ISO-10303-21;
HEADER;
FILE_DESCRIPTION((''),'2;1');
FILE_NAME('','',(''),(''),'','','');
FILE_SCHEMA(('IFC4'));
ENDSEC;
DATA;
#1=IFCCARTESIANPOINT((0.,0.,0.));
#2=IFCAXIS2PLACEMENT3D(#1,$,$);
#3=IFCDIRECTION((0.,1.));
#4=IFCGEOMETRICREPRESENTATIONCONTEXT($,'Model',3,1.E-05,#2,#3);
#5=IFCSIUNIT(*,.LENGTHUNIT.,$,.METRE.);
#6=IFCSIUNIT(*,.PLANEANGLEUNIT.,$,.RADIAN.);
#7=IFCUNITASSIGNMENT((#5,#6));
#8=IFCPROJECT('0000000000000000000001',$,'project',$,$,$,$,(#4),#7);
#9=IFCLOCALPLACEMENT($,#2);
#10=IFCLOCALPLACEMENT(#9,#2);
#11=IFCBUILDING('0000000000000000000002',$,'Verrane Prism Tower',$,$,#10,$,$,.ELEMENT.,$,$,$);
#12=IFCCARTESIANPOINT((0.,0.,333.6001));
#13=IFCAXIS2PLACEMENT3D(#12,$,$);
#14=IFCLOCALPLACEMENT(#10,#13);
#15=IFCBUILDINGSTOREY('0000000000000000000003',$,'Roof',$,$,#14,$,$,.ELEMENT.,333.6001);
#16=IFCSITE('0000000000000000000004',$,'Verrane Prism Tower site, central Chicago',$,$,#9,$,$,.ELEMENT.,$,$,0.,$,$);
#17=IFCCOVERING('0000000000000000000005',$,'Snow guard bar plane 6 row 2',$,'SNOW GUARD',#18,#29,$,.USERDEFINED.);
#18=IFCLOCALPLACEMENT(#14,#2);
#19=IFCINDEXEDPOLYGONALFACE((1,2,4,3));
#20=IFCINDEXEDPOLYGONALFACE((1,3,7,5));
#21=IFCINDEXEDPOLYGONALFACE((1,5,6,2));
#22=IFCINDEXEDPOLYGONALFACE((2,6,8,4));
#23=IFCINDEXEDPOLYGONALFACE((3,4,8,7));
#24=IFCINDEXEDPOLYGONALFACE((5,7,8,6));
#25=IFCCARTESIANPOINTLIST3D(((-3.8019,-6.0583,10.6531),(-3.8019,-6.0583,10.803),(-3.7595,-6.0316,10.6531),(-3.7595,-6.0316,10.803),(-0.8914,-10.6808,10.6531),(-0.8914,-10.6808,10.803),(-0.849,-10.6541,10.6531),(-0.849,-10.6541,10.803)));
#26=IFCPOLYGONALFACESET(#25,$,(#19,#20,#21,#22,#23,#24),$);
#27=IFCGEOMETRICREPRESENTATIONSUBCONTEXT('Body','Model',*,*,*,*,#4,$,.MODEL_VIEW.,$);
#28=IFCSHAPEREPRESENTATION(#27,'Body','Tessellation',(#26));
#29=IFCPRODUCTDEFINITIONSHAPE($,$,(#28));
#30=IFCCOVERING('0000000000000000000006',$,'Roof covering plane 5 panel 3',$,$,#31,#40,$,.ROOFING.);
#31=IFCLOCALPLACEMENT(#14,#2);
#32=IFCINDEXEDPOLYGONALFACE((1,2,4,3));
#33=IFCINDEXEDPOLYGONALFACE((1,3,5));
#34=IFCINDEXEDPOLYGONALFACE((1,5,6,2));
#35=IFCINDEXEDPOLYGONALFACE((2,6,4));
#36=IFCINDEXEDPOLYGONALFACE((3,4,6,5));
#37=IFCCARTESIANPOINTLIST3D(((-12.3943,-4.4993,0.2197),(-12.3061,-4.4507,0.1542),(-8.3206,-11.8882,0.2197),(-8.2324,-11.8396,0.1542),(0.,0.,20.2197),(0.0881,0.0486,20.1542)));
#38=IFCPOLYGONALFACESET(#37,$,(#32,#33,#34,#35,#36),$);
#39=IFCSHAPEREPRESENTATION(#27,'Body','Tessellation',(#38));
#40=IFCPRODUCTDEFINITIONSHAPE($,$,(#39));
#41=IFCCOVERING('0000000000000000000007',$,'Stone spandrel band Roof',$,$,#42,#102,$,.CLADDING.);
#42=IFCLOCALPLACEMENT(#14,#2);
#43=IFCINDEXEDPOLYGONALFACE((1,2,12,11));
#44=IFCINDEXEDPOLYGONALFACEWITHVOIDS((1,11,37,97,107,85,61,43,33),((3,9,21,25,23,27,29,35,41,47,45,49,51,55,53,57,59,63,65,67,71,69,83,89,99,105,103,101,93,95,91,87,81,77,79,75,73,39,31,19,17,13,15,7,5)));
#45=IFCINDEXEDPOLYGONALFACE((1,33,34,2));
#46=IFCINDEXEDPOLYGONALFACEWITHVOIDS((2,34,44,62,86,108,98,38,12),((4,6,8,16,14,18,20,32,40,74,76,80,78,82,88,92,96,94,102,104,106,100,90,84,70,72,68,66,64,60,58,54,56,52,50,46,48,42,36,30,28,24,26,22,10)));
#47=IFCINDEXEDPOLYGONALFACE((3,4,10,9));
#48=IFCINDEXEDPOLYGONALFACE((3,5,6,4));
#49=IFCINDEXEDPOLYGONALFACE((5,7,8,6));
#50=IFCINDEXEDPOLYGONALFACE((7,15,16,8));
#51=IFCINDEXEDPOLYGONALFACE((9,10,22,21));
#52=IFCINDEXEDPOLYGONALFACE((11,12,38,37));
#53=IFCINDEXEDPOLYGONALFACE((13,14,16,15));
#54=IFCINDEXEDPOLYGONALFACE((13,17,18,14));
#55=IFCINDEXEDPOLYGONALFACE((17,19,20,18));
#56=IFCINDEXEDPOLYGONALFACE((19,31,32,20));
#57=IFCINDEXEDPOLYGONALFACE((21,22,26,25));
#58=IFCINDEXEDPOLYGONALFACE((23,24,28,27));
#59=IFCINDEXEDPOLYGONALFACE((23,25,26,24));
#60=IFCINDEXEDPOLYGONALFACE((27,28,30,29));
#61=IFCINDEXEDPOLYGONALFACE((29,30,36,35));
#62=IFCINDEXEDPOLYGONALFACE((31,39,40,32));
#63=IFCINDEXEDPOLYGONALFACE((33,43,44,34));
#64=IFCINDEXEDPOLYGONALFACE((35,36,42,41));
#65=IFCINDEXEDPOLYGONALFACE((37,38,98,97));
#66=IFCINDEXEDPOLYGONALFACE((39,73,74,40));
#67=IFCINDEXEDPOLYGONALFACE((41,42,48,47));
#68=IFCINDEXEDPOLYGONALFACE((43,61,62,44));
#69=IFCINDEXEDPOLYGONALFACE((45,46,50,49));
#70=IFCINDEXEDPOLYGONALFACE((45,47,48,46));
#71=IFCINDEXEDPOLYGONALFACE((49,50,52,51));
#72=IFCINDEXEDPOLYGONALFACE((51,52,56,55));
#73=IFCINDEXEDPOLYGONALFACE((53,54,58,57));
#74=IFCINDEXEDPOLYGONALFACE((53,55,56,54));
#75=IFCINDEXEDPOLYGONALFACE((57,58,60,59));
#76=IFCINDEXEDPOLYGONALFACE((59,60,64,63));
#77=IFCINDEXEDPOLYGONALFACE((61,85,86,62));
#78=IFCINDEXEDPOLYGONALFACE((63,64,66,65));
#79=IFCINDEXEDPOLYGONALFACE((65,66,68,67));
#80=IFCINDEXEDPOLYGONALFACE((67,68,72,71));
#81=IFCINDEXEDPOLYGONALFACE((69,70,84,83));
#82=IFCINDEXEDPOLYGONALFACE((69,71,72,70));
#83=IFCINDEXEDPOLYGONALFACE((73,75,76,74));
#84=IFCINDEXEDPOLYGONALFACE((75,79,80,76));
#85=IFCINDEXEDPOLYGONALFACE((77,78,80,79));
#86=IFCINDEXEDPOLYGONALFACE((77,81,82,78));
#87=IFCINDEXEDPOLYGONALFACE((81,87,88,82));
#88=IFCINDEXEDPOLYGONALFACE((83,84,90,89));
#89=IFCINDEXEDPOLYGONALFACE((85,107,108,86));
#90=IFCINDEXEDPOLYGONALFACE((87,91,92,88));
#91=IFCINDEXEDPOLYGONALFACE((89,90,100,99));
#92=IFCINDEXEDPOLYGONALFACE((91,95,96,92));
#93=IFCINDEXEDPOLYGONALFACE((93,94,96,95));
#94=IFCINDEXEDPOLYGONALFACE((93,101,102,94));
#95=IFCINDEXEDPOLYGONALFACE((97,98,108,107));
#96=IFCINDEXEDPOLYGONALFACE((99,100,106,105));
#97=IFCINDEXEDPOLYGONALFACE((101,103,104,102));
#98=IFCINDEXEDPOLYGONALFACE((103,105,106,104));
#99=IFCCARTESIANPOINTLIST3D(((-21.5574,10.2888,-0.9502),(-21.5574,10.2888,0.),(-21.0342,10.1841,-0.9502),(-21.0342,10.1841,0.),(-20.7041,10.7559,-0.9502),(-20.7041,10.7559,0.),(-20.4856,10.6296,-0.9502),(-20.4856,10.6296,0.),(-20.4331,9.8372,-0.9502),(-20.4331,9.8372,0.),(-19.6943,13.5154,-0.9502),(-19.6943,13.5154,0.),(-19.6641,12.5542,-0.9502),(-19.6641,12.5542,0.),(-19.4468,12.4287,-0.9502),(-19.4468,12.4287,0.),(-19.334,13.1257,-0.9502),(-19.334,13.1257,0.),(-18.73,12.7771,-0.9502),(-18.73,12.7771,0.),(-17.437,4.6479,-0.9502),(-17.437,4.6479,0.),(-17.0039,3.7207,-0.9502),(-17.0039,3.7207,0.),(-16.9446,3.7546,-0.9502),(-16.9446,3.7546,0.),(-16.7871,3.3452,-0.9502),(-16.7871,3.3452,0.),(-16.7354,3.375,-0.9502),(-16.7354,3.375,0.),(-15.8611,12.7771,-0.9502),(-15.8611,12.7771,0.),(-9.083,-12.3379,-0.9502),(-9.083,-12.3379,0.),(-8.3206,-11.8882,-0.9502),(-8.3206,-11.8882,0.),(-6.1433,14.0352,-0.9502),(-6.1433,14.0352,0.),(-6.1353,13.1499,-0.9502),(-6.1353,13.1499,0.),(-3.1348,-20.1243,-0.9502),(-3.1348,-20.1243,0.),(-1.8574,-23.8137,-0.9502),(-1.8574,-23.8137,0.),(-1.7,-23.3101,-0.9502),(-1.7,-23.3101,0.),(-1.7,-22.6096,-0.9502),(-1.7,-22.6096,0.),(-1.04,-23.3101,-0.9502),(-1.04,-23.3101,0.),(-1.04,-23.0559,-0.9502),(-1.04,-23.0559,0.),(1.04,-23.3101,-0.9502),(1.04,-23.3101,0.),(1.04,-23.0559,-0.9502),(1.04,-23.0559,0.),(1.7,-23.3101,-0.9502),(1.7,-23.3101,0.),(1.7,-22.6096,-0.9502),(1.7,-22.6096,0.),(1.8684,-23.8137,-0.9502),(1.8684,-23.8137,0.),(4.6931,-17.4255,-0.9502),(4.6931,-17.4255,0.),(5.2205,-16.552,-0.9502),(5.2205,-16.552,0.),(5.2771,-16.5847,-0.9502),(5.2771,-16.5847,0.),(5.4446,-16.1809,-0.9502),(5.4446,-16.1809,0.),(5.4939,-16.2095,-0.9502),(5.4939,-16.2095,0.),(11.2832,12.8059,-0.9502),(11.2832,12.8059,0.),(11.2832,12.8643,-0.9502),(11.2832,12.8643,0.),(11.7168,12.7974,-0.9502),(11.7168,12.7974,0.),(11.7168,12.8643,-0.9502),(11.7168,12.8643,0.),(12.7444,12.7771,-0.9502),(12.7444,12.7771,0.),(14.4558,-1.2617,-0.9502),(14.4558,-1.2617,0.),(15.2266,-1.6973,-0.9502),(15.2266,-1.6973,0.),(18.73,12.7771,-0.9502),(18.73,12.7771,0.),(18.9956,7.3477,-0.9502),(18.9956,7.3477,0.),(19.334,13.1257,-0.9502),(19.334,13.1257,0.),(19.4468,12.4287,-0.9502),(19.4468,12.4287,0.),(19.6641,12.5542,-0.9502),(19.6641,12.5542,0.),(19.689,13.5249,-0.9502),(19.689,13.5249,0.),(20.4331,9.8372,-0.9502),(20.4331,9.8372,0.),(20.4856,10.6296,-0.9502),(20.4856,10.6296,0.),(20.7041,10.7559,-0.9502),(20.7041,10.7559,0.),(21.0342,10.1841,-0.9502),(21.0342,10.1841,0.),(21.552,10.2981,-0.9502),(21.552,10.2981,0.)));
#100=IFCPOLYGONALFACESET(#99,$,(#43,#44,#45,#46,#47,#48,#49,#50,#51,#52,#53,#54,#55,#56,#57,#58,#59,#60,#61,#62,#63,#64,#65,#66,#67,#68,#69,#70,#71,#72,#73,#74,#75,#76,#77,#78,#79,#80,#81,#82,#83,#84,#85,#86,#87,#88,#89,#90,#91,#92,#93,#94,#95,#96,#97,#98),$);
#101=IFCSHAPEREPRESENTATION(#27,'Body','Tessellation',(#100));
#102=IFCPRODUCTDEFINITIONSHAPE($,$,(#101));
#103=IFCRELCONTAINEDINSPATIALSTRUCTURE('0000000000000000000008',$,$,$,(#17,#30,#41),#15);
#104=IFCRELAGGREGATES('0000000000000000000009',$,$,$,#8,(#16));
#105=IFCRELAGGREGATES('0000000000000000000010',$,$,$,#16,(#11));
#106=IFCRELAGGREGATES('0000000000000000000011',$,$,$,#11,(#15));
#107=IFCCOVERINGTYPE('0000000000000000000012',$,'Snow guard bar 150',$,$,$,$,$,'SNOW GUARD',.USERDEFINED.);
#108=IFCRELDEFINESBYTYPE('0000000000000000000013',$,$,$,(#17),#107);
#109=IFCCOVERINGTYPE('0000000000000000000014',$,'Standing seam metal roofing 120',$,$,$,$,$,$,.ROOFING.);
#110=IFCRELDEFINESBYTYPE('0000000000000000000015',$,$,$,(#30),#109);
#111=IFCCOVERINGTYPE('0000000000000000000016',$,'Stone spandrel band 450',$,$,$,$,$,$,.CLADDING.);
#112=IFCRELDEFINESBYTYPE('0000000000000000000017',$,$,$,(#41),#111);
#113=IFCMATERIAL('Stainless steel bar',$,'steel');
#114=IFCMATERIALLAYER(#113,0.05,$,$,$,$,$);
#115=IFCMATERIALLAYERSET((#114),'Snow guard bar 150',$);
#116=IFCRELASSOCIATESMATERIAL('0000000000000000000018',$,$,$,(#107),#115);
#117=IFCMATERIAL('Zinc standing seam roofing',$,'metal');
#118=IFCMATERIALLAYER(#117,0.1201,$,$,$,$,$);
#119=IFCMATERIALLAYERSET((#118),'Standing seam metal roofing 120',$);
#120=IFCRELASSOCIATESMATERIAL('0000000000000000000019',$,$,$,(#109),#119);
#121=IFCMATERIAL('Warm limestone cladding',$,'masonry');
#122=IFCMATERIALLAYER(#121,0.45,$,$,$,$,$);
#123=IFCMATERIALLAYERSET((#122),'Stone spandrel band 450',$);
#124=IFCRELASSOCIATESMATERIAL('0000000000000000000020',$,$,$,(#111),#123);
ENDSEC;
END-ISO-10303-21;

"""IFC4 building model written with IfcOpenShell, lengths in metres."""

from ifc_helpers import new_model, si_unit, direction, frame, origin, origin_2d, place, context, subcontext, project, spatial, polyline, rectangle, outline, extrude, material, layer, layer_set, type_object, element, save


model = new_model("IFC4")

# Units and contexts
model_context = context("Model", 3, precision=1e-05, world=origin(), true_north=direction((0.0, 1.0)))
body_context = subcontext(model_context, "Body", "Model", "MODEL_VIEW")
ifc_project = project(units=[si_unit("LENGTHUNIT", "METRE"), si_unit("PLANEANGLEUNIT", "RADIAN")], contexts=[model_context])

# Site, building, storey
site_placement = place(None, origin())
site = spatial("IfcSite", under=ifc_project, at=site_placement, Name="Verrane Prism Tower site, central Chicago", CompositionType="ELEMENT", RefElevation=0.0)
building_placement = place(site_placement, origin())
building = spatial("IfcBuilding", under=site, at=building_placement, Name="Verrane Prism Tower", CompositionType="ELEMENT")
storey_placement = place(building_placement, frame((0.0, 0.0, 333.6001)))
storey = spatial("IfcBuildingStorey", under=building, at=storey_placement, Name="Roof", CompositionType="ELEMENT", Elevation=333.6001)

# Coverings
ifc_material_1 = material(Name="Stainless steel bar", Category="steel")
ifc_layer_1 = layer(ifc_material_1, 0.05)
ifc_layer_set_1 = layer_set([ifc_layer_1], Name="Snow guard bar 150")
covering_type_1 = type_object("IfcCoveringType", Name="Snow guard bar 150", ElementType="SNOW GUARD", PredefinedType="USERDEFINED", material=ifc_layer_set_1)
covering_1_placement = place(storey_placement, frame((-2.3254, -8.3562, 10.6531), z_axis=(0.0, 0.0, 1.0), x_axis=(0.532819, -0.846229, 0.0)))
element("IfcCovering", 1, at=covering_1_placement, inside=storey, type_object=covering_type_1, Name="Snow guard bar plane 6 row 2", ObjectType="SNOW GUARD", PredefinedType="USERDEFINED", context=body_context, shape_type="SweptSolid", body=[
    extrude(rectangle(XDim=5.4624, YDim=0.05, at=origin_2d()), origin(), (0.0, 0.0, 1.0), 0.1499),
])
ifc_material_2 = material(Name="Zinc standing seam roofing", Category="metal")
ifc_layer_2 = layer(ifc_material_2, 0.1201)
ifc_layer_set_2 = layer_set([ifc_layer_2], Name="Standing seam metal roofing 120")
covering_type_2 = type_object("IfcCoveringType", Name="Standing seam metal roofing 120", PredefinedType="ROOFING", material=ifc_layer_set_2)
covering_2_placement = place(storey_placement, frame((-12.3943, -4.4993, 0.2197), z_axis=(-0.733804, -0.404568, 0.545762), x_axis=(0.482813, -0.875724, 0.0)))
element("IfcCovering", 2, at=covering_2_placement, inside=storey, type_object=covering_type_2, Name="Roof covering plane 5 panel 3", PredefinedType="ROOFING", context=body_context, shape_type="SweptSolid", body=[
    extrude(outline(polyline([(0.0, 0.0), (8.4375, 0.0), (2.044, 23.8681), (0.0, 0.0)])), origin(), (0.0, 0.0, -1.0), 0.1201),
])
ifc_material_3 = material(Name="Warm limestone cladding", Category="masonry")
ifc_layer_3 = layer(ifc_material_3, 0.45)
ifc_layer_set_3 = layer_set([ifc_layer_3], Name="Stone spandrel band 450")
covering_type_3 = type_object("IfcCoveringType", Name="Stone spandrel band 450", PredefinedType="CLADDING", material=ifc_layer_set_3)
covering_3_placement = place(storey_placement, frame((0.0, 0.0, -0.9502)))
element("IfcCovering", 3, at=covering_3_placement, inside=storey, type_object=covering_type_3, Name="Stone spandrel band Roof", PredefinedType="CLADDING", context=body_context, shape_type="SweptSolid", body=[
    extrude(outline(polyline([(15.2266, -1.6973), (21.552, 10.2981), (19.689, 13.5249), (-6.1433, 14.0352), (-19.6943, 13.5154), (-21.5574, 10.2888), (-9.083, -12.3379), (-1.8574, -23.8137), (1.8684, -23.8137), (15.2266, -1.6973)]), holes=[polyline([(1.7, -22.6096), (1.7, -23.3101), (1.04, -23.3101), (1.04, -23.0559), (-1.04, -23.0559), (-1.04, -23.3101), (-1.7, -23.3101), (-1.7, -22.6096), (-3.1348, -20.1243), (-8.3206, -11.8882), (-16.7354, 3.375), (-16.7871, 3.3452), (-17.0039, 3.7207), (-16.9446, 3.7546), (-17.437, 4.6479), (-20.4331, 9.8372), (-21.0342, 10.1841), (-20.7041, 10.7559), (-20.4856, 10.6296), (-19.4468, 12.4287), (-19.6641, 12.5542), (-19.334, 13.1257), (-18.73, 12.7771), (-15.8611, 12.7771), (-6.1353, 13.1499), (11.2832, 12.8059), (11.2832, 12.8643), (11.7168, 12.8643), (11.7168, 12.7974), (12.7444, 12.7771), (18.73, 12.7771), (19.334, 13.1257), (19.6641, 12.5542), (19.4468, 12.4287), (20.4856, 10.6296), (20.7041, 10.7559), (21.0342, 10.1841), (20.4331, 9.8372), (18.9956, 7.3477), (14.4558, -1.2617), (5.4446, -16.1809), (5.4939, -16.2095), (5.2771, -16.5847), (5.2205, -16.552), (4.6931, -17.4255), (1.7, -22.6096)])]), origin(), (0.0, 0.0, 1.0), 0.9502),
])

save(model, "model.ifc")
